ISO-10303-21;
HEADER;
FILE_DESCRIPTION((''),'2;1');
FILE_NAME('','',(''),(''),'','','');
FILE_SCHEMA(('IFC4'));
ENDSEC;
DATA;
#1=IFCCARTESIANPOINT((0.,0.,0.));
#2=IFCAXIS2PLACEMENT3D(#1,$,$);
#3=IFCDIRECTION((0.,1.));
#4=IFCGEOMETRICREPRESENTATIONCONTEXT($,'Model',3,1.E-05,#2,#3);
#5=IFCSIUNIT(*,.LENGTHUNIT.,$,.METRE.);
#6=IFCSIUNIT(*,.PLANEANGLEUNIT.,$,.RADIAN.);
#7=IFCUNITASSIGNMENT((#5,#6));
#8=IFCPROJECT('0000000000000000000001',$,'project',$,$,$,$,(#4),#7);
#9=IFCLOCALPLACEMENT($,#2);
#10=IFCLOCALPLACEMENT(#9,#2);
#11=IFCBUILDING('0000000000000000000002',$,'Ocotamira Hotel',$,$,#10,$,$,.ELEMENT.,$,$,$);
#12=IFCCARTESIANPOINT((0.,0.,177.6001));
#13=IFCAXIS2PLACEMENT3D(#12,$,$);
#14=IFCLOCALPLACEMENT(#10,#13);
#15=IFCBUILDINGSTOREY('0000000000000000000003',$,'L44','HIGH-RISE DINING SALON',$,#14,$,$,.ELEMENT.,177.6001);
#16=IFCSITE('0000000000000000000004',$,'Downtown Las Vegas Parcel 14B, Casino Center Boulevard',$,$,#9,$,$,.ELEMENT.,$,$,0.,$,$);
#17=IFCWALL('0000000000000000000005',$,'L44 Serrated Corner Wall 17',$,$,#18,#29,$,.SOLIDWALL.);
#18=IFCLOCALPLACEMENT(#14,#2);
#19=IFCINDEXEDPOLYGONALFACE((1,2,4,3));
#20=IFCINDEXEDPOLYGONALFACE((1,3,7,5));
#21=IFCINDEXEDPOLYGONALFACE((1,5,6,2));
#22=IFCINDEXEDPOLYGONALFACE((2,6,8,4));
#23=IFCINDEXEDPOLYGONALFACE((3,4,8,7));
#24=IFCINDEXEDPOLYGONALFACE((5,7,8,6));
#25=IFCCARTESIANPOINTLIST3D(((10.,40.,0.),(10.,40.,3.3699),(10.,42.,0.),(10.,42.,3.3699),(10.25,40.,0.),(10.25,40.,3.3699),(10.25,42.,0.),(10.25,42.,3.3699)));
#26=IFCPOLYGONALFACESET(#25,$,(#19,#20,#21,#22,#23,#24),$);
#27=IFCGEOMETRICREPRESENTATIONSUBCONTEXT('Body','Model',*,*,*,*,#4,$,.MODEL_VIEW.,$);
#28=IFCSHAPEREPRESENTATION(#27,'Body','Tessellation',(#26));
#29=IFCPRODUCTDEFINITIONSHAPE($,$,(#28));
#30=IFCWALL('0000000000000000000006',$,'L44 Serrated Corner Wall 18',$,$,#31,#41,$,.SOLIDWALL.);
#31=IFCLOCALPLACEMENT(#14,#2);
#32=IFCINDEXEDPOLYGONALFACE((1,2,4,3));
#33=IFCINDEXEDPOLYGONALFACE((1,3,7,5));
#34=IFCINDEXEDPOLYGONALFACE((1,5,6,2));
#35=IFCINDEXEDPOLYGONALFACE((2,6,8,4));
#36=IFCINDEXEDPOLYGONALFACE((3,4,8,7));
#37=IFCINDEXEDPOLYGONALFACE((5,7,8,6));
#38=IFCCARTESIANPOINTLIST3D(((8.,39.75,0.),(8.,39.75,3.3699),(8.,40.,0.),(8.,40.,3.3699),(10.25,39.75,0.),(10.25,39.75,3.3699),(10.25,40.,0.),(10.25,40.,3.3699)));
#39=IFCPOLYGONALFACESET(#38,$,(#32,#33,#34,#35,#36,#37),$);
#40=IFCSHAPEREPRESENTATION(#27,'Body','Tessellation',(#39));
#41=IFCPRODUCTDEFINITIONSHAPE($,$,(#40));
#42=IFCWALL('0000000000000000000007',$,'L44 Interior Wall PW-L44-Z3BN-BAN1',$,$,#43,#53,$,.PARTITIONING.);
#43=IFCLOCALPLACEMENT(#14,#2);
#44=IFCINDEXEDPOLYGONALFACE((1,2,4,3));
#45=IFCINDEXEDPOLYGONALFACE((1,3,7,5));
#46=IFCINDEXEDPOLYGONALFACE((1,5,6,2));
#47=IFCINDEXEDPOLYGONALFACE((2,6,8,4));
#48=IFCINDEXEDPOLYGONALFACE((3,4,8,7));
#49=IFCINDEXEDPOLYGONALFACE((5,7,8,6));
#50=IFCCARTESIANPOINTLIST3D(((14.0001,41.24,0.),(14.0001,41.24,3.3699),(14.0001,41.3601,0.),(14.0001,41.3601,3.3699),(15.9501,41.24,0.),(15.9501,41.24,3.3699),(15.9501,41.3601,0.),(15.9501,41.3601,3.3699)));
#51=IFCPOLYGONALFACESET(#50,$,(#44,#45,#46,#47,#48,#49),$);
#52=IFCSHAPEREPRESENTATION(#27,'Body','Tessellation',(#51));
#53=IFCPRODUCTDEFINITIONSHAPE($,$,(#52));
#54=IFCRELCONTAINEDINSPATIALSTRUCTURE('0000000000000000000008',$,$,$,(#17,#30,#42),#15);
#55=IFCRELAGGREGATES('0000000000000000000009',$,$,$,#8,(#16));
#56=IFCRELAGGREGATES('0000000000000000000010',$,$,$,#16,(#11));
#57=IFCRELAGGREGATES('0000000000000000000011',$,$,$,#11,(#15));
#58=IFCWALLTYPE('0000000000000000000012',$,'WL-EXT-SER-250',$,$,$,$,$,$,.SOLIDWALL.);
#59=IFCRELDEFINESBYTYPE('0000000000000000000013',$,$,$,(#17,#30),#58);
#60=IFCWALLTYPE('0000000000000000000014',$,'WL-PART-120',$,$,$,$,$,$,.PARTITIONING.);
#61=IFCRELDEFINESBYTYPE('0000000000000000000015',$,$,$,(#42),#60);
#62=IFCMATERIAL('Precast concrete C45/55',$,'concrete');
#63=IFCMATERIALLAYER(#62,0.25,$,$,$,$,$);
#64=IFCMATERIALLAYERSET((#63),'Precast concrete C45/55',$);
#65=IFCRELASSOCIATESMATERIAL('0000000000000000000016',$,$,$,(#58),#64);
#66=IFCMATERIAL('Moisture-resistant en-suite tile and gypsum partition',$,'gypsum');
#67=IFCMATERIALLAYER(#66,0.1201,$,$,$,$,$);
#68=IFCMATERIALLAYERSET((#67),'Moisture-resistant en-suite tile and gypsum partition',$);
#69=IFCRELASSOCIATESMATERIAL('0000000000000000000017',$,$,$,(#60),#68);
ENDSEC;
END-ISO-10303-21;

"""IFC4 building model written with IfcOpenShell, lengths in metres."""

from ifc_helpers import new_model, si_unit, direction, frame, frame_2d, origin, place, context, subcontext, project, spatial, rectangle, extrude, material, layer, layer_set, type_object, element, save


model = new_model("IFC4")

# Units and contexts
model_context = context("Model", 3, precision=1e-05, world=origin(), true_north=direction((0.0, 1.0)))
body_context = subcontext(model_context, "Body", "Model", "MODEL_VIEW")
ifc_project = project(units=[si_unit("LENGTHUNIT", "METRE"), si_unit("PLANEANGLEUNIT", "RADIAN")], contexts=[model_context])

# Site, building, storey
site_placement = place(None, origin())
site = spatial("IfcSite", under=ifc_project, at=site_placement, Name="Downtown Las Vegas Parcel 14B, Casino Center Boulevard", CompositionType="ELEMENT", RefElevation=0.0)
building_placement = place(site_placement, origin())
building = spatial("IfcBuilding", under=site, at=building_placement, Name="Ocotamira Hotel", CompositionType="ELEMENT")
storey_placement = place(building_placement, frame((0.0, 0.0, 177.6001)))
storey = spatial("IfcBuildingStorey", under=building, at=storey_placement, Name="L44", Description="HIGH-RISE DINING SALON", CompositionType="ELEMENT", Elevation=177.6001)

# Shared definitions
ifc_material_1 = material(Name="Precast concrete C45/55", Category="concrete")
ifc_layer_1 = layer(ifc_material_1, 0.25)
ifc_layer_set_1 = layer_set([ifc_layer_1], Name="Precast concrete C45/55")
wall_type_1 = type_object("IfcWallType", Name="WL-EXT-SER-250", PredefinedType="SOLIDWALL", material=ifc_layer_set_1)

# Walls
for number, where, z_axis, x_axis, name in (
    (1, (10.125, 42.0, 0.0), (0.0, 0.0, 1.0), (0.0, -1.0, 0.0), "L44 Serrated Corner Wall 17"),
):
    element("IfcWall", number, at=place(storey_placement, frame(where, z_axis=z_axis, x_axis=x_axis)), inside=storey, type_object=wall_type_1, Name=name, PredefinedType="SOLIDWALL", context=body_context, shape_type="SweptSolid", body=[
        extrude(rectangle(XDim=2.0, YDim=0.25, at=frame_2d((1.0, 0.0))), origin(), (0.0, 0.0, 1.0), 3.3699),
    ])
wall_1_placement = place(storey_placement, frame((10.25, 39.875, 0.0), z_axis=(0.0, 0.0, 1.0), x_axis=(-1.0, 0.0, 0.0)))
element("IfcWall", 2, at=wall_1_placement, inside=storey, type_object=wall_type_1, Name="L44 Serrated Corner Wall 18", PredefinedType="SOLIDWALL", context=body_context, shape_type="SweptSolid", body=[
    extrude(rectangle(XDim=2.25, YDim=0.25, at=frame_2d((1.125, 0.0))), origin(), (0.0, 0.0, 1.0), 3.3699),
])
ifc_material_2 = material(Name="Moisture-resistant en-suite tile and gypsum partition", Category="gypsum")
ifc_layer_2 = layer(ifc_material_2, 0.1201)
ifc_layer_set_2 = layer_set([ifc_layer_2], Name="Moisture-resistant en-suite tile and gypsum partition")
wall_type_2 = type_object("IfcWallType", Name="WL-PART-120", PredefinedType="PARTITIONING", material=ifc_layer_set_2)
wall_2_placement = place(storey_placement, frame((14.0, 41.3, 0.0), z_axis=(0.0, 0.0, 1.0), x_axis=(1.0, 0.0, 0.0)))
element("IfcWall", 3, at=wall_2_placement, inside=storey, type_object=wall_type_2, Name="L44 Interior Wall PW-L44-Z3BN-BAN1", PredefinedType="PARTITIONING", context=body_context, shape_type="SweptSolid", body=[
    extrude(rectangle(XDim=1.95, YDim=0.1201, at=frame_2d((0.9751, 0.0))), origin(), (0.0, 0.0, 1.0), 3.3699),
])

save(model, "model.ifc")
